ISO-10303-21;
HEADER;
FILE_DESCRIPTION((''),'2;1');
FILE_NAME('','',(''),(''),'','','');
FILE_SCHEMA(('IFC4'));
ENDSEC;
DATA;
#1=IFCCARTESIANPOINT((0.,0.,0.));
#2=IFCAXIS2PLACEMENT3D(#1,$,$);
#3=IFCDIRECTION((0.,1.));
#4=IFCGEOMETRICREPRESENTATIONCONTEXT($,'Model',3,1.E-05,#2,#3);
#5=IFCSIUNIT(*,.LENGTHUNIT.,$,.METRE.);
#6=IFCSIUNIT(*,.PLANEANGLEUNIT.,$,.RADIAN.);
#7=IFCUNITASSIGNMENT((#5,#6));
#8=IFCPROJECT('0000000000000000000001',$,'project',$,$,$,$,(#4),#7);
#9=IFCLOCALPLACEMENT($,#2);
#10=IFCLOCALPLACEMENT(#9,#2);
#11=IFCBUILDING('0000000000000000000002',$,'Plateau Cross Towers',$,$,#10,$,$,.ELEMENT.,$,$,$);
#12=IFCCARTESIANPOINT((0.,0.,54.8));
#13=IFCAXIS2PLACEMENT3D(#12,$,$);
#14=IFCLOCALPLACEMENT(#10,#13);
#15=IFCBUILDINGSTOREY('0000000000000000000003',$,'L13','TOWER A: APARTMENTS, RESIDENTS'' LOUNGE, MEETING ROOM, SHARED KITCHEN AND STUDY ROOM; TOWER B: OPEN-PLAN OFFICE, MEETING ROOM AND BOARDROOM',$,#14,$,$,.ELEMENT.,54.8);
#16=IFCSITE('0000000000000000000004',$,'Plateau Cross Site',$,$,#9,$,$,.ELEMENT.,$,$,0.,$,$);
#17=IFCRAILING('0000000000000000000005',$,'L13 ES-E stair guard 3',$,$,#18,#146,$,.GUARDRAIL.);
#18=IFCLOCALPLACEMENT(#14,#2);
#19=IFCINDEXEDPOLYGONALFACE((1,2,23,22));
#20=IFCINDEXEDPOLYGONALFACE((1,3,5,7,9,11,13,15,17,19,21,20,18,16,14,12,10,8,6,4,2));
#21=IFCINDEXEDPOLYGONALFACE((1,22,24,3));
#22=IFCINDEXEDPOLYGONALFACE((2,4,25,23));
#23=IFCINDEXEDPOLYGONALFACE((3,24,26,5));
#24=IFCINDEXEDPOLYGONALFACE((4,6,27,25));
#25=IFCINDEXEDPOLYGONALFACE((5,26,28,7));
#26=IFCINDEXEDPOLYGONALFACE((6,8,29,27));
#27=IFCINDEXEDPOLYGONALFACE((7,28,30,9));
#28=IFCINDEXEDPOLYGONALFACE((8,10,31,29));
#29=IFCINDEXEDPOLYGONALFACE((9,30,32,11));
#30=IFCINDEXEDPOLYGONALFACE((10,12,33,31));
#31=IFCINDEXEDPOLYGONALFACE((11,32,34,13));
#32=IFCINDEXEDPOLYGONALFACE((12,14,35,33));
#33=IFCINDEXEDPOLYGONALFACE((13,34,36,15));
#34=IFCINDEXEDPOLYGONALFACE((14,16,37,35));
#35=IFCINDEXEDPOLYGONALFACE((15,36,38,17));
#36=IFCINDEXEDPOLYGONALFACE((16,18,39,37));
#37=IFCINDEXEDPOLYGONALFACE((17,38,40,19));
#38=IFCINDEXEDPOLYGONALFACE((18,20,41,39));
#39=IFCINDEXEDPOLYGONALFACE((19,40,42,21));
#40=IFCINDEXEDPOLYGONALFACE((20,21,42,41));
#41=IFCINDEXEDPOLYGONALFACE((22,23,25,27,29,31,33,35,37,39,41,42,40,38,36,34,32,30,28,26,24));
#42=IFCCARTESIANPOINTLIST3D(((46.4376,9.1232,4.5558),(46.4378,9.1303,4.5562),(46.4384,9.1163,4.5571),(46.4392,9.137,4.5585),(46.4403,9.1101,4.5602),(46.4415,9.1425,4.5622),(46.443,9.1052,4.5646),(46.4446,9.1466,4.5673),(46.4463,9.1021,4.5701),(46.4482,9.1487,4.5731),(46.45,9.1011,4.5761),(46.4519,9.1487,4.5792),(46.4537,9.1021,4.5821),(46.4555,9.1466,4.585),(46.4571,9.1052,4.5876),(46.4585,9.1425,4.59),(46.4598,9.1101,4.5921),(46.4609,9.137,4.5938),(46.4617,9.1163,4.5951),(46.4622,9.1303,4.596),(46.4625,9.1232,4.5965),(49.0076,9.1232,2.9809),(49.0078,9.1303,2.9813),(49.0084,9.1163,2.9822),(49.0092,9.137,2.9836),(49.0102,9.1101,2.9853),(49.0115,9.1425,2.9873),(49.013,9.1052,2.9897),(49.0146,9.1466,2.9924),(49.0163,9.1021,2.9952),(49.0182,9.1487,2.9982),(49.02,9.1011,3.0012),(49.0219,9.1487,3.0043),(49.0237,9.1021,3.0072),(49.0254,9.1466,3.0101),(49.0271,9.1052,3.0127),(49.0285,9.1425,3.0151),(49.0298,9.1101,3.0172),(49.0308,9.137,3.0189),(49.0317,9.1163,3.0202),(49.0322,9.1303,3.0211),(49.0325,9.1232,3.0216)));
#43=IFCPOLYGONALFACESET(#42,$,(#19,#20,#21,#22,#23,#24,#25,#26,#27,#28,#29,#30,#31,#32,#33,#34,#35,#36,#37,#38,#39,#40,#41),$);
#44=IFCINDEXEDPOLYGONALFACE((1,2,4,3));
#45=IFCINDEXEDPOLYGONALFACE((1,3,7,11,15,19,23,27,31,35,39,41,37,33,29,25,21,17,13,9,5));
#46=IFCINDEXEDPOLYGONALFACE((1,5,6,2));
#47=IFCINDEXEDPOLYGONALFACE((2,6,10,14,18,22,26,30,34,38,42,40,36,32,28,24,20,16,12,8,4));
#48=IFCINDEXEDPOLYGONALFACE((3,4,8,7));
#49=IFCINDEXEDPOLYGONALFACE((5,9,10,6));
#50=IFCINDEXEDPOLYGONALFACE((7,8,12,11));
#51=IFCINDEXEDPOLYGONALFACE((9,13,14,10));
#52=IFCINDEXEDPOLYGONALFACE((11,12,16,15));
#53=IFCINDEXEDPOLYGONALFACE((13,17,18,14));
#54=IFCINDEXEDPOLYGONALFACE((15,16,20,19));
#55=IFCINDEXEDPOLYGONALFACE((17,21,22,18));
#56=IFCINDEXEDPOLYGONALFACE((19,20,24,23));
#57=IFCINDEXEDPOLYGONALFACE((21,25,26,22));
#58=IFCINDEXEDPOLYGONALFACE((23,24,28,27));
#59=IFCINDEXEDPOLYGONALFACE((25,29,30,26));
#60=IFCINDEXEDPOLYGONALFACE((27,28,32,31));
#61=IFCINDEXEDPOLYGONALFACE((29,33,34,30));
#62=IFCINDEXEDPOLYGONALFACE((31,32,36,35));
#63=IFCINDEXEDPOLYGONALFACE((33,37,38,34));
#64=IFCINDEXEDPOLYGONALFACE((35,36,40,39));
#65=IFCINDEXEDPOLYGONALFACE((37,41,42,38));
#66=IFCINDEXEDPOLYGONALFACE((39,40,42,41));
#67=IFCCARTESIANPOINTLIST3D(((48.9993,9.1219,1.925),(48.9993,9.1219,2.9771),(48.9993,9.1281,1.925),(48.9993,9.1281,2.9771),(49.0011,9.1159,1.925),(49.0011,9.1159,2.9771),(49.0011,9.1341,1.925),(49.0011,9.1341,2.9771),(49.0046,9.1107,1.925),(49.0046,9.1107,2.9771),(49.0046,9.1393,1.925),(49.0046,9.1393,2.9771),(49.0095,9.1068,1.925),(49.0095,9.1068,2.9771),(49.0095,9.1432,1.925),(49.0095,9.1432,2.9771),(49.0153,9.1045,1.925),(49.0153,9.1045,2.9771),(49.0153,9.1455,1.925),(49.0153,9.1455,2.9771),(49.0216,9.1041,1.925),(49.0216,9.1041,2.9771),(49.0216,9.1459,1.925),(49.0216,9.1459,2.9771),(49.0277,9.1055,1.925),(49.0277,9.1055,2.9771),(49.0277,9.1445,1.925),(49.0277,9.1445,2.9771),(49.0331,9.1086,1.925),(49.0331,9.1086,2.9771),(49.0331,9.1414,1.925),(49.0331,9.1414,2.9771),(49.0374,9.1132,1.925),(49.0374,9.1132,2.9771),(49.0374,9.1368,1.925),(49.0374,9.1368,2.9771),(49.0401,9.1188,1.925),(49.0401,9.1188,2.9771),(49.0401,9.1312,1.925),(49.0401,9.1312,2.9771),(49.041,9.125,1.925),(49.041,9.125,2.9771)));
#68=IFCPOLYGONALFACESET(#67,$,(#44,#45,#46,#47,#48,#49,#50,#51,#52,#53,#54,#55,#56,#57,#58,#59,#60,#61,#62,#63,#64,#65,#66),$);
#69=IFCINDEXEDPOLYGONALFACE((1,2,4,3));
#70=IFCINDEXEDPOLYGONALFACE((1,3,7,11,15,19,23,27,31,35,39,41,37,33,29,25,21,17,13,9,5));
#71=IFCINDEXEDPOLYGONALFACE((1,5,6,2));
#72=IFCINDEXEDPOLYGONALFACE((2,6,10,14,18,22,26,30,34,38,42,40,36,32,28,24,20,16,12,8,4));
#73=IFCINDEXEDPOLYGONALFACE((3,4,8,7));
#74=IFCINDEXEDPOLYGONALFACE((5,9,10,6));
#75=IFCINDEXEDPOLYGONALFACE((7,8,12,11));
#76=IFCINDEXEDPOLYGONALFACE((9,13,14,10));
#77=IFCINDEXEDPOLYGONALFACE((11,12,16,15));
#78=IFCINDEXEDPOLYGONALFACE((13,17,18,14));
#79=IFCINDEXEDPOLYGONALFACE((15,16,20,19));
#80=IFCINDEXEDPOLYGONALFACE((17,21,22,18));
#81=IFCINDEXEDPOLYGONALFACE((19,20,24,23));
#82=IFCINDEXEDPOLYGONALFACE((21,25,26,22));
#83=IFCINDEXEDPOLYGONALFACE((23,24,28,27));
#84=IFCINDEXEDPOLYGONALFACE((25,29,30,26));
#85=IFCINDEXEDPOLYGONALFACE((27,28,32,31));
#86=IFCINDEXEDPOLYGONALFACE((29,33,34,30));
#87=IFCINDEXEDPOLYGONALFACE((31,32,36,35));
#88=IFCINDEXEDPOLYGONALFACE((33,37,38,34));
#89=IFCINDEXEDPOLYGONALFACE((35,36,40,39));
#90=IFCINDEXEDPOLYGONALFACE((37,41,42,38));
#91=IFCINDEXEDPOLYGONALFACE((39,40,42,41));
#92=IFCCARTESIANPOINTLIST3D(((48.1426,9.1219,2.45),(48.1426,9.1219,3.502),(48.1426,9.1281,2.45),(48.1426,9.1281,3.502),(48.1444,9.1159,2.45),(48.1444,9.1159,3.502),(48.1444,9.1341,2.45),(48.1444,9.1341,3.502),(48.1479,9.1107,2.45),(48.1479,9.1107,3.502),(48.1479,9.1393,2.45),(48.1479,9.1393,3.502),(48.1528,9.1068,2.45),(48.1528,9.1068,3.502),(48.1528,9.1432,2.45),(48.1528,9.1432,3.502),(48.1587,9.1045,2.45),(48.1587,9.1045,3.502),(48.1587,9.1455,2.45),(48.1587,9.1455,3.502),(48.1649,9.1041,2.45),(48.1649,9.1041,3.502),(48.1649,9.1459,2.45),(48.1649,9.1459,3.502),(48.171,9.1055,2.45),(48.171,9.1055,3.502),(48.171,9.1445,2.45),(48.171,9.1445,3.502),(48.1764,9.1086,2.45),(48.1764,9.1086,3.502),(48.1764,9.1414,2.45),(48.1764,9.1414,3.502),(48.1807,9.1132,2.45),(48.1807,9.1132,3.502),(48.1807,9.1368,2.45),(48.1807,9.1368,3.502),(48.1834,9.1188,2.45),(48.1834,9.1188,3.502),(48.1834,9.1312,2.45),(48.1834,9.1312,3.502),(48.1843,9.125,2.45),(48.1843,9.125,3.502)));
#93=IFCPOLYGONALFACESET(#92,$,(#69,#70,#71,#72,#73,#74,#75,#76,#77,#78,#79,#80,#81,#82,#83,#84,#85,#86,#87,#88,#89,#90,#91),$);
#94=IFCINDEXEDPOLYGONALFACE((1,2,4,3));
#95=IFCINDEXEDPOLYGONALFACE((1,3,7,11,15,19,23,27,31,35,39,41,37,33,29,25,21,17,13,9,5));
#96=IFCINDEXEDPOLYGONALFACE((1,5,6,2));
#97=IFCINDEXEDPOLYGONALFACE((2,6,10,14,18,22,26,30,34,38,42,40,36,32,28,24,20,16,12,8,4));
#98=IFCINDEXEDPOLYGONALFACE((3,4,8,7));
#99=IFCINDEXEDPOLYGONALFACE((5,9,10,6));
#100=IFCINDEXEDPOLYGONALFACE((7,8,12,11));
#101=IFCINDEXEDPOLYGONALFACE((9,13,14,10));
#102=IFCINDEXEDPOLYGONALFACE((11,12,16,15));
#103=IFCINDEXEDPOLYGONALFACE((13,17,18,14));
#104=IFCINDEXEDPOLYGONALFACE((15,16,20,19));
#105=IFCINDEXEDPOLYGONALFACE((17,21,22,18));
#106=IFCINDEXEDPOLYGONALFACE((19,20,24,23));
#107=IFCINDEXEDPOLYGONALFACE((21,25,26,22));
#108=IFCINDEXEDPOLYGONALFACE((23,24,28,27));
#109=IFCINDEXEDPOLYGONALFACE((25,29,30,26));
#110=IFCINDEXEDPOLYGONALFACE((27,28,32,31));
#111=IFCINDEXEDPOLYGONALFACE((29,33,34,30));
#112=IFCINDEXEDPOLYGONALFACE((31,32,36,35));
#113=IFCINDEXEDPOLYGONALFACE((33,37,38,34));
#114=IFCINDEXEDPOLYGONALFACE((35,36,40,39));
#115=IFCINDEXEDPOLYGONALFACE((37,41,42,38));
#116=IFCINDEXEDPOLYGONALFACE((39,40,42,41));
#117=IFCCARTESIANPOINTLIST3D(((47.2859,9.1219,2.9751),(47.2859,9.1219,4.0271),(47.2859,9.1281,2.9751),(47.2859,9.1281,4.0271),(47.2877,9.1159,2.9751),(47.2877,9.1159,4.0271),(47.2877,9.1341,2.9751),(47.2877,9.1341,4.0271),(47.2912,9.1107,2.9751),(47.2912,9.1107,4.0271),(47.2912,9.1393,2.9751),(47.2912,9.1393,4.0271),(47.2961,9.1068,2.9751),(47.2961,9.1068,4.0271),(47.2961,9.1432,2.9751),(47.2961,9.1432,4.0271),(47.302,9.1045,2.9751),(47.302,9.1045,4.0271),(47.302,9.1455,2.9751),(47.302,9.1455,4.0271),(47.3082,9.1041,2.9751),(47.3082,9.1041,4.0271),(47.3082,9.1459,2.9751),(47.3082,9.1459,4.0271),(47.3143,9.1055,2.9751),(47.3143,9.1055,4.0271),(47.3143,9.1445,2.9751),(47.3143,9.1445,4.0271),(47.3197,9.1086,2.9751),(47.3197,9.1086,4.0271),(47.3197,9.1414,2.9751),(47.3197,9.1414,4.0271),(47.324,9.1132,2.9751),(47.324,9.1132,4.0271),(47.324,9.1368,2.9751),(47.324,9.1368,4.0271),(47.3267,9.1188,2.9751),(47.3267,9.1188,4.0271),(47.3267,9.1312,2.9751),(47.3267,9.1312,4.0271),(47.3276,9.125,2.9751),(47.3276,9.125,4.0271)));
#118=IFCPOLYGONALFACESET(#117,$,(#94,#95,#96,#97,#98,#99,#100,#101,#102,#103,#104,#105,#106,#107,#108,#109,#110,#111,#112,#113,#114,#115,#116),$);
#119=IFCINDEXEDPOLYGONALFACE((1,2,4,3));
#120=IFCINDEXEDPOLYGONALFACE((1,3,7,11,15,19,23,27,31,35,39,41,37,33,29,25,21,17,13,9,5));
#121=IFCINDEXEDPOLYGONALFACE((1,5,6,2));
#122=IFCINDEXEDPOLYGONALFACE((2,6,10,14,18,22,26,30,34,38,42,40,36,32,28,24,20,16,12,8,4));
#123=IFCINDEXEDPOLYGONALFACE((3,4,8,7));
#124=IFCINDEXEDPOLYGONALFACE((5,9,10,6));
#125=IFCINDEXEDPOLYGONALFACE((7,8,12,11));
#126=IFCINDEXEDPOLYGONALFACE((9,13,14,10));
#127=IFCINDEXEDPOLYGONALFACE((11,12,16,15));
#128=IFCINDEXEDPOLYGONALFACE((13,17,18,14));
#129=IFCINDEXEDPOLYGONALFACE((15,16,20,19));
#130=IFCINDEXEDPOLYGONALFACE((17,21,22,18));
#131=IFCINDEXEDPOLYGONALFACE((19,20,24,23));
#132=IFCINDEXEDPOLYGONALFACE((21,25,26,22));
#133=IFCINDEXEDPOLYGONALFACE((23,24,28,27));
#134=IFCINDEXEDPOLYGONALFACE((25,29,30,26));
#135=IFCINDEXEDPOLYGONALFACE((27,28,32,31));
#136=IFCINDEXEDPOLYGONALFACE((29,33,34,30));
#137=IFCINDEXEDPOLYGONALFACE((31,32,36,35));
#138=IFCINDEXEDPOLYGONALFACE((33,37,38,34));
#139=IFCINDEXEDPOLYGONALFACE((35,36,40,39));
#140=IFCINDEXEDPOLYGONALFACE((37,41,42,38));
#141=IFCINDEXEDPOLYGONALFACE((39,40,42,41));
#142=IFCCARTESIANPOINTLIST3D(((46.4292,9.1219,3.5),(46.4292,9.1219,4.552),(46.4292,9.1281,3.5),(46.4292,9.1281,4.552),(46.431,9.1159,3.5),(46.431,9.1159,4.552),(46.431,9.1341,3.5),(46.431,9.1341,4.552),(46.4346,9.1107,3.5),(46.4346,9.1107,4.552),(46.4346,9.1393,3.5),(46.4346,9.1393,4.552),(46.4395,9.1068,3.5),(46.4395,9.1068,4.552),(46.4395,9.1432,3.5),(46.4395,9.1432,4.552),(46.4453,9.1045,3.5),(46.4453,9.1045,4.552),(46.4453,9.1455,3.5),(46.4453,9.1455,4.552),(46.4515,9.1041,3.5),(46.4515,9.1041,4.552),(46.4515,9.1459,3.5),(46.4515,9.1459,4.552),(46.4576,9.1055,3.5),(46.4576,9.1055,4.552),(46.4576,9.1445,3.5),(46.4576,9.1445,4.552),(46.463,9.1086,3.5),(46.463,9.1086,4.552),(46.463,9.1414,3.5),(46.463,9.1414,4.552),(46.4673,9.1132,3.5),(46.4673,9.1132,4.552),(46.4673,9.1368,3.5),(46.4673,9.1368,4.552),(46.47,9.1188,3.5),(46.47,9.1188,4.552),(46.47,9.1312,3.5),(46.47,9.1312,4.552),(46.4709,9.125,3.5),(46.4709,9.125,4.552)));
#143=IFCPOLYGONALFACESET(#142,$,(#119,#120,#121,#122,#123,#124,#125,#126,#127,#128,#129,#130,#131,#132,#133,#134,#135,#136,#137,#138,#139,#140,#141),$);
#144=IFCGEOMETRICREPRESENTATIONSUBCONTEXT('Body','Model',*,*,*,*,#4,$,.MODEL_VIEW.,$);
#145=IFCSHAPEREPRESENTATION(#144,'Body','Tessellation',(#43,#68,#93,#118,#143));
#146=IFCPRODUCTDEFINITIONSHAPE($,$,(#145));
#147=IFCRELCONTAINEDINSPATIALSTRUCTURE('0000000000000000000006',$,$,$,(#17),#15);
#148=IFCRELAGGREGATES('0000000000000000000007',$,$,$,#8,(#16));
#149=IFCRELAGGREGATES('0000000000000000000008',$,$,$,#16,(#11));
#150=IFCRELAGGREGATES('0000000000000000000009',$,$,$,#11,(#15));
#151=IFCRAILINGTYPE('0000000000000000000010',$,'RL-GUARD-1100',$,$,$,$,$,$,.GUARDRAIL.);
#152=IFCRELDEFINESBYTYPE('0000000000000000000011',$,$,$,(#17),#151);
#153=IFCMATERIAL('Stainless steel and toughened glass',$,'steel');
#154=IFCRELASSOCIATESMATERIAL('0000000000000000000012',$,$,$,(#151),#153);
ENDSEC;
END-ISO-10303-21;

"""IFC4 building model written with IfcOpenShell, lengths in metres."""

from ifc_helpers import new_model, si_unit, direction, frame, origin, origin_2d, place, context, subcontext, project, spatial, circle, extrude, material, type_object, element, save


model = new_model("IFC4")

# Units and contexts
model_context = context("Model", 3, precision=1e-05, world=origin(), true_north=direction((0.0, 1.0)))
body_context = subcontext(model_context, "Body", "Model", "MODEL_VIEW")
ifc_project = project(units=[si_unit("LENGTHUNIT", "METRE"), si_unit("PLANEANGLEUNIT", "RADIAN")], contexts=[model_context])

# Site, building, storey
site_placement = place(None, origin())
site = spatial("IfcSite", under=ifc_project, at=site_placement, Name="Plateau Cross Site", CompositionType="ELEMENT", RefElevation=0.0)
building_placement = place(site_placement, origin())
building = spatial("IfcBuilding", under=site, at=building_placement, Name="Plateau Cross Towers", CompositionType="ELEMENT")
storey_placement = place(building_placement, frame((0.0, 0.0, 54.8)))
storey = spatial("IfcBuildingStorey", under=building, at=storey_placement, Name="L13", Description="TOWER A: APARTMENTS, RESIDENTS' LOUNGE, MEETING ROOM, SHARED KITCHEN AND STUDY ROOM; TOWER B: OPEN-PLAN OFFICE, MEETING ROOM AND BOARDROOM", CompositionType="ELEMENT", Elevation=54.8)

# Railing
ifc_material_1 = material(Name="Stainless steel and toughened glass", Category="steel")
railing_type_1 = type_object("IfcRailingType", Name="RL-GUARD-1100", PredefinedType="GUARDRAIL", material=ifc_material_1)
railing_1_placement = place(storey_placement, frame((49.02, 9.125, 1.925)))
element("IfcRailing", 1, at=railing_1_placement, inside=storey, type_object=railing_type_1, Name="L13 ES-E stair guard 3", PredefinedType="GUARDRAIL", context=body_context, shape_type="SweptSolid", body=[
    extrude(circle(Radius=0.0239, at=origin_2d()), frame((0.0, 0.0, 1.0762), z_axis=(-0.852639, 0.0, 0.522501), x_axis=(0.0, -1.0, 0.0)), (0.0, 0.0, 1.0), 3.0142),
    extrude(circle(Radius=0.021, at=origin_2d()), origin(), (0.0, 0.0, 1.0), 1.052),
    extrude(circle(Radius=0.021, at=origin_2d()), frame((-0.8567, 0.0, 0.5249)), (0.0, 0.0, 1.0), 1.052),
    extrude(circle(Radius=0.021, at=origin_2d()), frame((-1.7134, 0.0, 1.05)), (0.0, 0.0, 1.0), 1.052),
    extrude(circle(Radius=0.021, at=origin_2d()), frame((-2.5701, 0.0, 1.575)), (0.0, 0.0, 1.0), 1.052),
])

save(model, "model.ifc")
